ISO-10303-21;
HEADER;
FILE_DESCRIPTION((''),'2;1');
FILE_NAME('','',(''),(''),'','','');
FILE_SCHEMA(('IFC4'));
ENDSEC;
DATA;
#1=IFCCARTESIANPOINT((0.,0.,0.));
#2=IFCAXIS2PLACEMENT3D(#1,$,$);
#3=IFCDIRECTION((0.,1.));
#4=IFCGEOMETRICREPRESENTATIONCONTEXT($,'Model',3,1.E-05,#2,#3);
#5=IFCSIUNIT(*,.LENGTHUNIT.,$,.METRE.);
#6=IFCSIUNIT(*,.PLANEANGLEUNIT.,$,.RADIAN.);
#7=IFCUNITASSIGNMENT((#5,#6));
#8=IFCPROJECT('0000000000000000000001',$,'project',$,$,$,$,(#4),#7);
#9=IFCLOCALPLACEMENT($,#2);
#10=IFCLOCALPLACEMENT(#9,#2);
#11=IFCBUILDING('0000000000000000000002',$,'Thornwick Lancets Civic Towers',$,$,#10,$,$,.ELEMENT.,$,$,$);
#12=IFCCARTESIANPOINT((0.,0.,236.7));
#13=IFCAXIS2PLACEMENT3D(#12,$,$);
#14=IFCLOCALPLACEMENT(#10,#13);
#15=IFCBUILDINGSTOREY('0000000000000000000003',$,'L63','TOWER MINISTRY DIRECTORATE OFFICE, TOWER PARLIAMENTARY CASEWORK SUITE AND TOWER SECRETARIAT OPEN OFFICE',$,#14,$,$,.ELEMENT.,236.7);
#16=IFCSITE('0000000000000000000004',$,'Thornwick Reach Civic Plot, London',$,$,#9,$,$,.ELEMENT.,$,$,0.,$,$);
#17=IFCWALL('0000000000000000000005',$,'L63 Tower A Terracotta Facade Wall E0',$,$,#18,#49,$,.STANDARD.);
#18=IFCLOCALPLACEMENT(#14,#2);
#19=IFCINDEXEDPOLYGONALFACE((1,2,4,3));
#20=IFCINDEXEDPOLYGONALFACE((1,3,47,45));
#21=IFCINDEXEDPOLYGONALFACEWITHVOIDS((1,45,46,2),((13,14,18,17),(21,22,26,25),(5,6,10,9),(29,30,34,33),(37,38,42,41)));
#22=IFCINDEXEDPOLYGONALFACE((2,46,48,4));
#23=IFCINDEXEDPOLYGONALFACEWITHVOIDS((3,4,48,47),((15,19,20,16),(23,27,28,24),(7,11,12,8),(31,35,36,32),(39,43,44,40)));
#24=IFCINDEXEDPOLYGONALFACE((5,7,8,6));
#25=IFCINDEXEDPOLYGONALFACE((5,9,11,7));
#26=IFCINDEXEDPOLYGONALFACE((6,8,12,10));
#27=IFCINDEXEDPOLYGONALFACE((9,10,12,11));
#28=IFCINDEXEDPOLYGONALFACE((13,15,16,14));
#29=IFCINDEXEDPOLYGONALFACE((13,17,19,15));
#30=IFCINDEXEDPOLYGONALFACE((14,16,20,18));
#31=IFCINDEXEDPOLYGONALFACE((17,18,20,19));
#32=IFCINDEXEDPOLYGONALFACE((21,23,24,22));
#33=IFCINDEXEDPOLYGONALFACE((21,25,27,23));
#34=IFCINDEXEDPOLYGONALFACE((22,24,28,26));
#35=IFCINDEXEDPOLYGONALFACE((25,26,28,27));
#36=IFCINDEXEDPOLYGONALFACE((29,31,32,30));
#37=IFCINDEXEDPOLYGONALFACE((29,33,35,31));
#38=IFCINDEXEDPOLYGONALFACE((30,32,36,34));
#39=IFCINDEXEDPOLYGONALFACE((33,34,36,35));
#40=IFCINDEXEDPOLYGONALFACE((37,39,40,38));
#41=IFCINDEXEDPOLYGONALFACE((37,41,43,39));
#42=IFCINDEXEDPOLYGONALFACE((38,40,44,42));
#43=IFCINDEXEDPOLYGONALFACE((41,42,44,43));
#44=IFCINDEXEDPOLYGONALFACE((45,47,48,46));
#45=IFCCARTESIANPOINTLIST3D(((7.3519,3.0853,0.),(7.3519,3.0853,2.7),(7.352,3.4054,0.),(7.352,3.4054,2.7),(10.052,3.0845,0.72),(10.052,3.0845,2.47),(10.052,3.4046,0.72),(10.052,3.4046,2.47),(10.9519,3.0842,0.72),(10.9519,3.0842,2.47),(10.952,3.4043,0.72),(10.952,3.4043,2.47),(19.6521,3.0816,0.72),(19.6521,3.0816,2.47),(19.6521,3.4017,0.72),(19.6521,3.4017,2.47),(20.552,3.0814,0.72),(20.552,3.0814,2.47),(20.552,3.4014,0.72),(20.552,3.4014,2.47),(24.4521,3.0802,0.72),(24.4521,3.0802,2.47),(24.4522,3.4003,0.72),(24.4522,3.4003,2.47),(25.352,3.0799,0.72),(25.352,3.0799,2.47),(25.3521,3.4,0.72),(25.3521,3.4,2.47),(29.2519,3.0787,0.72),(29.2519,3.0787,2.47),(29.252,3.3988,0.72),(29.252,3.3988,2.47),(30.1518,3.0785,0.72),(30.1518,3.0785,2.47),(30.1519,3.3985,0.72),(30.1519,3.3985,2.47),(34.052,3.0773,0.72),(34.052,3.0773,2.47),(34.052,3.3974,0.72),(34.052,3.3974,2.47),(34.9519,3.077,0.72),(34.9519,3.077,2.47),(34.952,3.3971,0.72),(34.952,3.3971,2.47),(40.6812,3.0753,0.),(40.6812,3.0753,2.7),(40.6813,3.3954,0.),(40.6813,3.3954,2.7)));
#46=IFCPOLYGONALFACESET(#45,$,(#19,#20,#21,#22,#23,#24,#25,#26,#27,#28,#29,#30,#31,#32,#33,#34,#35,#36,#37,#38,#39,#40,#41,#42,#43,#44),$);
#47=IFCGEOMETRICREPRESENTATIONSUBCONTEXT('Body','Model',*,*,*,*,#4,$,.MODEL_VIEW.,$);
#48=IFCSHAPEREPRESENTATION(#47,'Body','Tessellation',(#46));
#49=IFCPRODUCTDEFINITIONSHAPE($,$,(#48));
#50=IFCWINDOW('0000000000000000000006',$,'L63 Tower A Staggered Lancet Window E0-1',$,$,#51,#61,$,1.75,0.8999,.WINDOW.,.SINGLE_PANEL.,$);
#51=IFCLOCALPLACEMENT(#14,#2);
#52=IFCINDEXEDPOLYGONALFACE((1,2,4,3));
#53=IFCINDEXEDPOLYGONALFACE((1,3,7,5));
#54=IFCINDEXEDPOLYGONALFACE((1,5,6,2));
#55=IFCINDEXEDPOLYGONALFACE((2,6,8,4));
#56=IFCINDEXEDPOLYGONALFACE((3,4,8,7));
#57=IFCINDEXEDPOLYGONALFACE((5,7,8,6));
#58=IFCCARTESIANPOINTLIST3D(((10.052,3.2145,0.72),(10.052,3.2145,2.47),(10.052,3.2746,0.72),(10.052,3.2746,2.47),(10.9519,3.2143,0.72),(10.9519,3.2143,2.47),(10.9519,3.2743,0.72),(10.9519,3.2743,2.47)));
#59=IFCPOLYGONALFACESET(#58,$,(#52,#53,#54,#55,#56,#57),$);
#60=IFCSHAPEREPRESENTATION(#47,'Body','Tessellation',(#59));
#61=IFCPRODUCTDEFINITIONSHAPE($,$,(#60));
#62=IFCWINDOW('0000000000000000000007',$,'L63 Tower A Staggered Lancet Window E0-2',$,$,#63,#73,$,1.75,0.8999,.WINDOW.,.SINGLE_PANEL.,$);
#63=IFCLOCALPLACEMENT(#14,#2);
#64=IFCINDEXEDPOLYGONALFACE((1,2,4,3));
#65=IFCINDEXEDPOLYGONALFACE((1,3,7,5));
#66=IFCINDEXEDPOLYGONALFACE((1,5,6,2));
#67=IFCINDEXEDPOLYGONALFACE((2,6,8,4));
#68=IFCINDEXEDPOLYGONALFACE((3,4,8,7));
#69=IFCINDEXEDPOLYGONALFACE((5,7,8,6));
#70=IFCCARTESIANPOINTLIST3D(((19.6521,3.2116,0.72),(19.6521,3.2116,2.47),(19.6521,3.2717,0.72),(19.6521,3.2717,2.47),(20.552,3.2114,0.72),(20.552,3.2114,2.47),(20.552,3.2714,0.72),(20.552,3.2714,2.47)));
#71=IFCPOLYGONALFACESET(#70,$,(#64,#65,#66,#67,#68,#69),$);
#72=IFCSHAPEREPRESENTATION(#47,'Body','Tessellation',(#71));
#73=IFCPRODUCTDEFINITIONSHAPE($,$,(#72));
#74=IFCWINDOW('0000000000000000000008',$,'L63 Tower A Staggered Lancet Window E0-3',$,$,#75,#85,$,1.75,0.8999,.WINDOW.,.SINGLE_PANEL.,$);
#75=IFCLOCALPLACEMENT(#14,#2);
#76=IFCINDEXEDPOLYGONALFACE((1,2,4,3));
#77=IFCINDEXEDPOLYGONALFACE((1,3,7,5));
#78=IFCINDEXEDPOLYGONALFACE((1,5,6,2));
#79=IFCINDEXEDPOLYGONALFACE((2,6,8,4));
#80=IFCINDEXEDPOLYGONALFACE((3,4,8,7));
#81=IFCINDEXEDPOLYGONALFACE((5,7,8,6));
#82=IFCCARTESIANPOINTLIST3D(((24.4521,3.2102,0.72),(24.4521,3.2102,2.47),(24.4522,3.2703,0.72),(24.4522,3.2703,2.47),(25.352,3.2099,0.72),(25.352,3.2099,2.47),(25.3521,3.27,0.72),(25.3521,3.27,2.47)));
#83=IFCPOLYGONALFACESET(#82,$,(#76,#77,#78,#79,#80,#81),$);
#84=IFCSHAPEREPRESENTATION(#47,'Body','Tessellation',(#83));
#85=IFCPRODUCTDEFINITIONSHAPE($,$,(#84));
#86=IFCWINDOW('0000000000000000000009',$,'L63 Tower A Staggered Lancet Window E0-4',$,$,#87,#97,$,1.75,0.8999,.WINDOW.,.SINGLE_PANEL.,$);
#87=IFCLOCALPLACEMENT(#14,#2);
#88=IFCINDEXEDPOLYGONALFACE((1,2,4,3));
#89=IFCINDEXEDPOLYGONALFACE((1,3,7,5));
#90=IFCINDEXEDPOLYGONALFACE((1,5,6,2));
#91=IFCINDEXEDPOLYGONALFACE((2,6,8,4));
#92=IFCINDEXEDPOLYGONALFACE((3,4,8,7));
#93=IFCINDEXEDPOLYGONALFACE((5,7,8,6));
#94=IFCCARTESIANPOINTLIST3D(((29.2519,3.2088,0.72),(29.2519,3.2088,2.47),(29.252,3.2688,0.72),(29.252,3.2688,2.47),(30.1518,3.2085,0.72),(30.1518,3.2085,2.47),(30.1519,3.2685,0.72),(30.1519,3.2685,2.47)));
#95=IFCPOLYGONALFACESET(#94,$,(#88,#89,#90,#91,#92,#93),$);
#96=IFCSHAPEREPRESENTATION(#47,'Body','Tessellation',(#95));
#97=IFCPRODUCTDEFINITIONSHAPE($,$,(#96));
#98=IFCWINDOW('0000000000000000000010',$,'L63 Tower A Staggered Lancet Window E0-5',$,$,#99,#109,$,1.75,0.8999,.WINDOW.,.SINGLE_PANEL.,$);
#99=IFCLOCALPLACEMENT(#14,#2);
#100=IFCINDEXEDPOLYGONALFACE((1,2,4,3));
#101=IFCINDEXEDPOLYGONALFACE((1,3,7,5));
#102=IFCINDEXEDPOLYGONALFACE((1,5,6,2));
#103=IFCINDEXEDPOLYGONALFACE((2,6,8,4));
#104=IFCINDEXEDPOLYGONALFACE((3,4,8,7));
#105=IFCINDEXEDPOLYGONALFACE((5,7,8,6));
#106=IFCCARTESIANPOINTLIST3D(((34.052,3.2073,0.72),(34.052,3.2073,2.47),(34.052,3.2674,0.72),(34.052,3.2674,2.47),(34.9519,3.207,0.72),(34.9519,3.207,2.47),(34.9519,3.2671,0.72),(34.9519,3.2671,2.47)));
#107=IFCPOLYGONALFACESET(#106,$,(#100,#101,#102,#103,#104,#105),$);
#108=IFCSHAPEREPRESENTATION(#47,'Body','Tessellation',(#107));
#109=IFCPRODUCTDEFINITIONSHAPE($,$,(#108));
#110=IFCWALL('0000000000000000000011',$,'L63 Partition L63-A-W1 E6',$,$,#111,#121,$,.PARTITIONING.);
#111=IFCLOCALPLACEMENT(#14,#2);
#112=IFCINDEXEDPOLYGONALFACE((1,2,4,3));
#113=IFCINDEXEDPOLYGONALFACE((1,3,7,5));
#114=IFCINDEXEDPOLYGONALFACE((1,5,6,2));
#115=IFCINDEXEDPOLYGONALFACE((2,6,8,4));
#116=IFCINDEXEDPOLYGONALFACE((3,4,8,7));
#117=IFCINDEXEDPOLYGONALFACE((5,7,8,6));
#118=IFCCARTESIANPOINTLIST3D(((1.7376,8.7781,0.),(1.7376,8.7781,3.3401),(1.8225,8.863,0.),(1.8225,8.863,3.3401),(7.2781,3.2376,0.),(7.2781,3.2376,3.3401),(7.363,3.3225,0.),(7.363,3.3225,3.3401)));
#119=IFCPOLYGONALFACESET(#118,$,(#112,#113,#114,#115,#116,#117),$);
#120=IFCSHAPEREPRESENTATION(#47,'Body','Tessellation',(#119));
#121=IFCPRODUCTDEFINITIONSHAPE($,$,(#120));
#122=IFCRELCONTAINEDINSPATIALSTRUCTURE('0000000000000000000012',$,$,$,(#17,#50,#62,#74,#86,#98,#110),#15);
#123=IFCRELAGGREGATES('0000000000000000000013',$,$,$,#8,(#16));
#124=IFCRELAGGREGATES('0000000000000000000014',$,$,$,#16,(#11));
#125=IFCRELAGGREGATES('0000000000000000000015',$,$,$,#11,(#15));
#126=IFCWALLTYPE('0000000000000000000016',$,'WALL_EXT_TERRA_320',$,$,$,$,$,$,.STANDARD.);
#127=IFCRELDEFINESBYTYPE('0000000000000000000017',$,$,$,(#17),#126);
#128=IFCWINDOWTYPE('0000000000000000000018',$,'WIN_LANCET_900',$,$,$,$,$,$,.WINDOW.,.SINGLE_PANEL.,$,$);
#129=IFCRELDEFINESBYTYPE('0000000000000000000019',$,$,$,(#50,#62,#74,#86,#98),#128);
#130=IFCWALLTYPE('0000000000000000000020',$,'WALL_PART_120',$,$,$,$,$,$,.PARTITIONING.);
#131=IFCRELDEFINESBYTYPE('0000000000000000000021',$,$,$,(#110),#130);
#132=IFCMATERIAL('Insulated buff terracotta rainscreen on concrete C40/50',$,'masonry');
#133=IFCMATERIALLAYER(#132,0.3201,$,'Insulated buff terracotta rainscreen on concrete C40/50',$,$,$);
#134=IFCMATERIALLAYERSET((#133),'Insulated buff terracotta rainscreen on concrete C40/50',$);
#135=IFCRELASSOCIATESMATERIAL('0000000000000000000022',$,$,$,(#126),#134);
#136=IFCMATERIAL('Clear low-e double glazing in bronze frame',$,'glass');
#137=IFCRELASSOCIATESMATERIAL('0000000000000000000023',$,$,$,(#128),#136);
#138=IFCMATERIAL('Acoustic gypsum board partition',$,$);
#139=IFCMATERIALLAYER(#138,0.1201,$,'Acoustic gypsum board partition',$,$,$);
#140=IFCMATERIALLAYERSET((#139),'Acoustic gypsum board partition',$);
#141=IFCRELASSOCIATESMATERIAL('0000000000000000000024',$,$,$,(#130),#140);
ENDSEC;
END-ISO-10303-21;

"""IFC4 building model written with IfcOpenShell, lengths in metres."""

from ifc_helpers import new_model, si_unit, direction, frame, frame_2d, origin, place, context, subcontext, project, spatial, rectangle, extrude, material, layer, layer_set, type_object, element, fill, save


model = new_model("IFC4")

# Units and contexts
model_context = context("Model", 3, precision=1e-05, world=origin(), true_north=direction((0.0, 1.0)))
body_context = subcontext(model_context, "Body", "Model", "MODEL_VIEW")
ifc_project = project(units=[si_unit("LENGTHUNIT", "METRE"), si_unit("PLANEANGLEUNIT", "RADIAN")], contexts=[model_context])

# Site, building, storey
site_placement = place(None, origin())
site = spatial("IfcSite", under=ifc_project, at=site_placement, Name="Thornwick Reach Civic Plot, London", CompositionType="ELEMENT", RefElevation=0.0)
building_placement = place(site_placement, origin())
building = spatial("IfcBuilding", under=site, at=building_placement, Name="Thornwick Lancets Civic Towers", CompositionType="ELEMENT")
storey_placement = place(building_placement, frame((0.0, 0.0, 236.7)))
storey = spatial("IfcBuildingStorey", under=building, at=storey_placement, Name="L63", Description="TOWER MINISTRY DIRECTORATE OFFICE, TOWER PARLIAMENTARY CASEWORK SUITE AND TOWER SECRETARIAT OPEN OFFICE", CompositionType="ELEMENT", Elevation=236.7)

# Wall, openings, windows
ifc_material_1 = material(Name="Insulated buff terracotta rainscreen on concrete C40/50", Category="masonry")
ifc_layer_1 = layer(ifc_material_1, 0.3201, Name="Insulated buff terracotta rainscreen on concrete C40/50")
ifc_layer_set_1 = layer_set([ifc_layer_1], Name="Insulated buff terracotta rainscreen on concrete C40/50")
wall_type_1 = type_object("IfcWallType", Name="WALL_EXT_TERRA_320", PredefinedType="STANDARD", material=ifc_layer_set_1)
wall_1_placement = place(storey_placement, frame((7.3521, 3.2454, 0.0), z_axis=(0.0, 0.0, 1.0), x_axis=(1.0, -0.0003, 0.0)))
wall_1 = element("IfcWall", 1, at=wall_1_placement, inside=storey, type_object=wall_type_1, Name="L63 Tower A Terracotta Facade Wall E0", PredefinedType="STANDARD", context=body_context, shape_type="SweptSolid", body=[
    extrude(rectangle(XDim=33.3293, YDim=0.3201, at=frame_2d((16.6646, 0.0))), origin(), (0.0, 0.0, 1.0), 2.7),
])
opening_1_placement = place(wall_1_placement, frame((2.7, 0.0, 0.72)))
opening_1 = element("IfcOpeningElement", 2, at=opening_1_placement, cuts=wall_1, PredefinedType="OPENING", context=body_context, shape_type="SweptSolid", body=[
    extrude(rectangle(XDim=0.8999, YDim=1.75, at=frame_2d((0.45, 0.875))), frame((0.0, 0.1699, 0.0), z_axis=(0.0, -1.0, 0.0), x_axis=(1.0, 0.0, 0.0)), (0.0, 0.0, 1.0), 0.3401),
])
opening_2_placement = place(wall_1_placement, frame((12.3, 0.0, 0.72)))
opening_2 = element("IfcOpeningElement", 3, at=opening_2_placement, cuts=wall_1, PredefinedType="OPENING", context=body_context, shape_type="SweptSolid", body=[
    extrude(rectangle(XDim=0.8999, YDim=1.75, at=frame_2d((0.45, 0.875))), frame((0.0, 0.1699, 0.0), z_axis=(0.0, -1.0, 0.0), x_axis=(1.0, 0.0, 0.0)), (0.0, 0.0, 1.0), 0.3401),
])
opening_3_placement = place(wall_1_placement, frame((17.1001, 0.0, 0.72)))
opening_3 = element("IfcOpeningElement", 4, at=opening_3_placement, cuts=wall_1, PredefinedType="OPENING", context=body_context, shape_type="SweptSolid", body=[
    extrude(rectangle(XDim=0.8999, YDim=1.75, at=frame_2d((0.45, 0.875))), frame((0.0, 0.1699, 0.0), z_axis=(0.0, -1.0, 0.0), x_axis=(1.0, 0.0, 0.0)), (0.0, 0.0, 1.0), 0.3401),
])
opening_4_placement = place(wall_1_placement, frame((21.8999, 0.0, 0.72)))
opening_4 = element("IfcOpeningElement", 5, at=opening_4_placement, cuts=wall_1, PredefinedType="OPENING", context=body_context, shape_type="SweptSolid", body=[
    extrude(rectangle(XDim=0.8999, YDim=1.75, at=frame_2d((0.45, 0.875))), frame((0.0, 0.1699, 0.0), z_axis=(0.0, -1.0, 0.0), x_axis=(1.0, 0.0, 0.0)), (0.0, 0.0, 1.0), 0.3401),
])
opening_5_placement = place(wall_1_placement, frame((26.7, 0.0, 0.72)))
opening_5 = element("IfcOpeningElement", 6, at=opening_5_placement, cuts=wall_1, PredefinedType="OPENING", context=body_context, shape_type="SweptSolid", body=[
    extrude(rectangle(XDim=0.8999, YDim=1.75, at=frame_2d((0.45, 0.875))), frame((0.0, 0.1699, 0.0), z_axis=(0.0, -1.0, 0.0), x_axis=(1.0, 0.0, 0.0)), (0.0, 0.0, 1.0), 0.3401),
])
ifc_material_2 = material(Name="Clear low-e double glazing in bronze frame", Category="glass")
window_type = type_object("IfcWindowType", Name="WIN_LANCET_900", PartitioningType="SINGLE_PANEL", PredefinedType="WINDOW", material=ifc_material_2)
window_1_placement = place(opening_1_placement, origin())
window_1 = element("IfcWindow", 7, at=window_1_placement, inside=storey, type_object=window_type, Name="L63 Tower A Staggered Lancet Window E0-1", OverallHeight=1.75, OverallWidth=0.8999, PartitioningType="SINGLE_PANEL", PredefinedType="WINDOW", context=body_context, shape_type="SweptSolid", body=[
    extrude(rectangle(XDim=0.8999, YDim=1.75, at=frame_2d((0.45, 0.875))), frame((0.0, 0.03, 0.0), z_axis=(0.0, -1.0, 0.0), x_axis=(1.0, 0.0, 0.0)), (0.0, 0.0, 1.0), 0.0601),
])
fill(opening_1, window_1)
window_2_placement = place(opening_2_placement, origin())
window_2 = element("IfcWindow", 8, at=window_2_placement, inside=storey, type_object=window_type, Name="L63 Tower A Staggered Lancet Window E0-2", OverallHeight=1.75, OverallWidth=0.8999, PartitioningType="SINGLE_PANEL", PredefinedType="WINDOW", context=body_context, shape_type="SweptSolid", body=[
    extrude(rectangle(XDim=0.8999, YDim=1.75, at=frame_2d((0.45, 0.875))), frame((0.0, 0.03, 0.0), z_axis=(0.0, -1.0, 0.0), x_axis=(1.0, 0.0, 0.0)), (0.0, 0.0, 1.0), 0.0601),
])
fill(opening_2, window_2)
window_3_placement = place(opening_3_placement, origin())
window_3 = element("IfcWindow", 9, at=window_3_placement, inside=storey, type_object=window_type, Name="L63 Tower A Staggered Lancet Window E0-3", OverallHeight=1.75, OverallWidth=0.8999, PartitioningType="SINGLE_PANEL", PredefinedType="WINDOW", context=body_context, shape_type="SweptSolid", body=[
    extrude(rectangle(XDim=0.8999, YDim=1.75, at=frame_2d((0.45, 0.875))), frame((0.0, 0.03, 0.0), z_axis=(0.0, -1.0, 0.0), x_axis=(1.0, 0.0, 0.0)), (0.0, 0.0, 1.0), 0.0601),
])
fill(opening_3, window_3)
window_4_placement = place(opening_4_placement, origin())
window_4 = element("IfcWindow", 10, at=window_4_placement, inside=storey, type_object=window_type, Name="L63 Tower A Staggered Lancet Window E0-4", OverallHeight=1.75, OverallWidth=0.8999, PartitioningType="SINGLE_PANEL", PredefinedType="WINDOW", context=body_context, shape_type="SweptSolid", body=[
    extrude(rectangle(XDim=0.8999, YDim=1.75, at=frame_2d((0.45, 0.875))), frame((0.0, 0.03, 0.0), z_axis=(0.0, -1.0, 0.0), x_axis=(1.0, 0.0, 0.0)), (0.0, 0.0, 1.0), 0.0601),
])
fill(opening_4, window_4)
window_5_placement = place(opening_5_placement, origin())
window_5 = element("IfcWindow", 11, at=window_5_placement, inside=storey, type_object=window_type, Name="L63 Tower A Staggered Lancet Window E0-5", OverallHeight=1.75, OverallWidth=0.8999, PartitioningType="SINGLE_PANEL", PredefinedType="WINDOW", context=body_context, shape_type="SweptSolid", body=[
    extrude(rectangle(XDim=0.8999, YDim=1.75, at=frame_2d((0.45, 0.875))), frame((0.0, 0.03, 0.0), z_axis=(0.0, -1.0, 0.0), x_axis=(1.0, 0.0, 0.0)), (0.0, 0.0, 1.0), 0.0601),
])
fill(opening_5, window_5)

# Wall
ifc_material_3 = material(Name="Acoustic gypsum board partition")
ifc_layer_2 = layer(ifc_material_3, 0.1201, Name="Acoustic gypsum board partition")
ifc_layer_set_2 = layer_set([ifc_layer_2], Name="Acoustic gypsum board partition")
wall_type_2 = type_object("IfcWallType", Name="WALL_PART_120", PredefinedType="PARTITIONING", material=ifc_layer_set_2)
wall_2_placement = place(storey_placement, frame((7.3206, 3.28, 0.0), z_axis=(0.0, 0.0, 1.0), x_axis=(-0.707107, 0.707107, 0.0)))
element("IfcWall", 12, at=wall_2_placement, inside=storey, type_object=wall_type_2, Name="L63 Partition L63-A-W1 E6", PredefinedType="PARTITIONING", context=body_context, shape_type="SweptSolid", body=[
    extrude(rectangle(XDim=7.8354, YDim=0.1201, at=frame_2d((3.9177, 0.0))), origin(), (0.0, 0.0, 1.0), 3.3401),
])

save(model, "model.ifc")
